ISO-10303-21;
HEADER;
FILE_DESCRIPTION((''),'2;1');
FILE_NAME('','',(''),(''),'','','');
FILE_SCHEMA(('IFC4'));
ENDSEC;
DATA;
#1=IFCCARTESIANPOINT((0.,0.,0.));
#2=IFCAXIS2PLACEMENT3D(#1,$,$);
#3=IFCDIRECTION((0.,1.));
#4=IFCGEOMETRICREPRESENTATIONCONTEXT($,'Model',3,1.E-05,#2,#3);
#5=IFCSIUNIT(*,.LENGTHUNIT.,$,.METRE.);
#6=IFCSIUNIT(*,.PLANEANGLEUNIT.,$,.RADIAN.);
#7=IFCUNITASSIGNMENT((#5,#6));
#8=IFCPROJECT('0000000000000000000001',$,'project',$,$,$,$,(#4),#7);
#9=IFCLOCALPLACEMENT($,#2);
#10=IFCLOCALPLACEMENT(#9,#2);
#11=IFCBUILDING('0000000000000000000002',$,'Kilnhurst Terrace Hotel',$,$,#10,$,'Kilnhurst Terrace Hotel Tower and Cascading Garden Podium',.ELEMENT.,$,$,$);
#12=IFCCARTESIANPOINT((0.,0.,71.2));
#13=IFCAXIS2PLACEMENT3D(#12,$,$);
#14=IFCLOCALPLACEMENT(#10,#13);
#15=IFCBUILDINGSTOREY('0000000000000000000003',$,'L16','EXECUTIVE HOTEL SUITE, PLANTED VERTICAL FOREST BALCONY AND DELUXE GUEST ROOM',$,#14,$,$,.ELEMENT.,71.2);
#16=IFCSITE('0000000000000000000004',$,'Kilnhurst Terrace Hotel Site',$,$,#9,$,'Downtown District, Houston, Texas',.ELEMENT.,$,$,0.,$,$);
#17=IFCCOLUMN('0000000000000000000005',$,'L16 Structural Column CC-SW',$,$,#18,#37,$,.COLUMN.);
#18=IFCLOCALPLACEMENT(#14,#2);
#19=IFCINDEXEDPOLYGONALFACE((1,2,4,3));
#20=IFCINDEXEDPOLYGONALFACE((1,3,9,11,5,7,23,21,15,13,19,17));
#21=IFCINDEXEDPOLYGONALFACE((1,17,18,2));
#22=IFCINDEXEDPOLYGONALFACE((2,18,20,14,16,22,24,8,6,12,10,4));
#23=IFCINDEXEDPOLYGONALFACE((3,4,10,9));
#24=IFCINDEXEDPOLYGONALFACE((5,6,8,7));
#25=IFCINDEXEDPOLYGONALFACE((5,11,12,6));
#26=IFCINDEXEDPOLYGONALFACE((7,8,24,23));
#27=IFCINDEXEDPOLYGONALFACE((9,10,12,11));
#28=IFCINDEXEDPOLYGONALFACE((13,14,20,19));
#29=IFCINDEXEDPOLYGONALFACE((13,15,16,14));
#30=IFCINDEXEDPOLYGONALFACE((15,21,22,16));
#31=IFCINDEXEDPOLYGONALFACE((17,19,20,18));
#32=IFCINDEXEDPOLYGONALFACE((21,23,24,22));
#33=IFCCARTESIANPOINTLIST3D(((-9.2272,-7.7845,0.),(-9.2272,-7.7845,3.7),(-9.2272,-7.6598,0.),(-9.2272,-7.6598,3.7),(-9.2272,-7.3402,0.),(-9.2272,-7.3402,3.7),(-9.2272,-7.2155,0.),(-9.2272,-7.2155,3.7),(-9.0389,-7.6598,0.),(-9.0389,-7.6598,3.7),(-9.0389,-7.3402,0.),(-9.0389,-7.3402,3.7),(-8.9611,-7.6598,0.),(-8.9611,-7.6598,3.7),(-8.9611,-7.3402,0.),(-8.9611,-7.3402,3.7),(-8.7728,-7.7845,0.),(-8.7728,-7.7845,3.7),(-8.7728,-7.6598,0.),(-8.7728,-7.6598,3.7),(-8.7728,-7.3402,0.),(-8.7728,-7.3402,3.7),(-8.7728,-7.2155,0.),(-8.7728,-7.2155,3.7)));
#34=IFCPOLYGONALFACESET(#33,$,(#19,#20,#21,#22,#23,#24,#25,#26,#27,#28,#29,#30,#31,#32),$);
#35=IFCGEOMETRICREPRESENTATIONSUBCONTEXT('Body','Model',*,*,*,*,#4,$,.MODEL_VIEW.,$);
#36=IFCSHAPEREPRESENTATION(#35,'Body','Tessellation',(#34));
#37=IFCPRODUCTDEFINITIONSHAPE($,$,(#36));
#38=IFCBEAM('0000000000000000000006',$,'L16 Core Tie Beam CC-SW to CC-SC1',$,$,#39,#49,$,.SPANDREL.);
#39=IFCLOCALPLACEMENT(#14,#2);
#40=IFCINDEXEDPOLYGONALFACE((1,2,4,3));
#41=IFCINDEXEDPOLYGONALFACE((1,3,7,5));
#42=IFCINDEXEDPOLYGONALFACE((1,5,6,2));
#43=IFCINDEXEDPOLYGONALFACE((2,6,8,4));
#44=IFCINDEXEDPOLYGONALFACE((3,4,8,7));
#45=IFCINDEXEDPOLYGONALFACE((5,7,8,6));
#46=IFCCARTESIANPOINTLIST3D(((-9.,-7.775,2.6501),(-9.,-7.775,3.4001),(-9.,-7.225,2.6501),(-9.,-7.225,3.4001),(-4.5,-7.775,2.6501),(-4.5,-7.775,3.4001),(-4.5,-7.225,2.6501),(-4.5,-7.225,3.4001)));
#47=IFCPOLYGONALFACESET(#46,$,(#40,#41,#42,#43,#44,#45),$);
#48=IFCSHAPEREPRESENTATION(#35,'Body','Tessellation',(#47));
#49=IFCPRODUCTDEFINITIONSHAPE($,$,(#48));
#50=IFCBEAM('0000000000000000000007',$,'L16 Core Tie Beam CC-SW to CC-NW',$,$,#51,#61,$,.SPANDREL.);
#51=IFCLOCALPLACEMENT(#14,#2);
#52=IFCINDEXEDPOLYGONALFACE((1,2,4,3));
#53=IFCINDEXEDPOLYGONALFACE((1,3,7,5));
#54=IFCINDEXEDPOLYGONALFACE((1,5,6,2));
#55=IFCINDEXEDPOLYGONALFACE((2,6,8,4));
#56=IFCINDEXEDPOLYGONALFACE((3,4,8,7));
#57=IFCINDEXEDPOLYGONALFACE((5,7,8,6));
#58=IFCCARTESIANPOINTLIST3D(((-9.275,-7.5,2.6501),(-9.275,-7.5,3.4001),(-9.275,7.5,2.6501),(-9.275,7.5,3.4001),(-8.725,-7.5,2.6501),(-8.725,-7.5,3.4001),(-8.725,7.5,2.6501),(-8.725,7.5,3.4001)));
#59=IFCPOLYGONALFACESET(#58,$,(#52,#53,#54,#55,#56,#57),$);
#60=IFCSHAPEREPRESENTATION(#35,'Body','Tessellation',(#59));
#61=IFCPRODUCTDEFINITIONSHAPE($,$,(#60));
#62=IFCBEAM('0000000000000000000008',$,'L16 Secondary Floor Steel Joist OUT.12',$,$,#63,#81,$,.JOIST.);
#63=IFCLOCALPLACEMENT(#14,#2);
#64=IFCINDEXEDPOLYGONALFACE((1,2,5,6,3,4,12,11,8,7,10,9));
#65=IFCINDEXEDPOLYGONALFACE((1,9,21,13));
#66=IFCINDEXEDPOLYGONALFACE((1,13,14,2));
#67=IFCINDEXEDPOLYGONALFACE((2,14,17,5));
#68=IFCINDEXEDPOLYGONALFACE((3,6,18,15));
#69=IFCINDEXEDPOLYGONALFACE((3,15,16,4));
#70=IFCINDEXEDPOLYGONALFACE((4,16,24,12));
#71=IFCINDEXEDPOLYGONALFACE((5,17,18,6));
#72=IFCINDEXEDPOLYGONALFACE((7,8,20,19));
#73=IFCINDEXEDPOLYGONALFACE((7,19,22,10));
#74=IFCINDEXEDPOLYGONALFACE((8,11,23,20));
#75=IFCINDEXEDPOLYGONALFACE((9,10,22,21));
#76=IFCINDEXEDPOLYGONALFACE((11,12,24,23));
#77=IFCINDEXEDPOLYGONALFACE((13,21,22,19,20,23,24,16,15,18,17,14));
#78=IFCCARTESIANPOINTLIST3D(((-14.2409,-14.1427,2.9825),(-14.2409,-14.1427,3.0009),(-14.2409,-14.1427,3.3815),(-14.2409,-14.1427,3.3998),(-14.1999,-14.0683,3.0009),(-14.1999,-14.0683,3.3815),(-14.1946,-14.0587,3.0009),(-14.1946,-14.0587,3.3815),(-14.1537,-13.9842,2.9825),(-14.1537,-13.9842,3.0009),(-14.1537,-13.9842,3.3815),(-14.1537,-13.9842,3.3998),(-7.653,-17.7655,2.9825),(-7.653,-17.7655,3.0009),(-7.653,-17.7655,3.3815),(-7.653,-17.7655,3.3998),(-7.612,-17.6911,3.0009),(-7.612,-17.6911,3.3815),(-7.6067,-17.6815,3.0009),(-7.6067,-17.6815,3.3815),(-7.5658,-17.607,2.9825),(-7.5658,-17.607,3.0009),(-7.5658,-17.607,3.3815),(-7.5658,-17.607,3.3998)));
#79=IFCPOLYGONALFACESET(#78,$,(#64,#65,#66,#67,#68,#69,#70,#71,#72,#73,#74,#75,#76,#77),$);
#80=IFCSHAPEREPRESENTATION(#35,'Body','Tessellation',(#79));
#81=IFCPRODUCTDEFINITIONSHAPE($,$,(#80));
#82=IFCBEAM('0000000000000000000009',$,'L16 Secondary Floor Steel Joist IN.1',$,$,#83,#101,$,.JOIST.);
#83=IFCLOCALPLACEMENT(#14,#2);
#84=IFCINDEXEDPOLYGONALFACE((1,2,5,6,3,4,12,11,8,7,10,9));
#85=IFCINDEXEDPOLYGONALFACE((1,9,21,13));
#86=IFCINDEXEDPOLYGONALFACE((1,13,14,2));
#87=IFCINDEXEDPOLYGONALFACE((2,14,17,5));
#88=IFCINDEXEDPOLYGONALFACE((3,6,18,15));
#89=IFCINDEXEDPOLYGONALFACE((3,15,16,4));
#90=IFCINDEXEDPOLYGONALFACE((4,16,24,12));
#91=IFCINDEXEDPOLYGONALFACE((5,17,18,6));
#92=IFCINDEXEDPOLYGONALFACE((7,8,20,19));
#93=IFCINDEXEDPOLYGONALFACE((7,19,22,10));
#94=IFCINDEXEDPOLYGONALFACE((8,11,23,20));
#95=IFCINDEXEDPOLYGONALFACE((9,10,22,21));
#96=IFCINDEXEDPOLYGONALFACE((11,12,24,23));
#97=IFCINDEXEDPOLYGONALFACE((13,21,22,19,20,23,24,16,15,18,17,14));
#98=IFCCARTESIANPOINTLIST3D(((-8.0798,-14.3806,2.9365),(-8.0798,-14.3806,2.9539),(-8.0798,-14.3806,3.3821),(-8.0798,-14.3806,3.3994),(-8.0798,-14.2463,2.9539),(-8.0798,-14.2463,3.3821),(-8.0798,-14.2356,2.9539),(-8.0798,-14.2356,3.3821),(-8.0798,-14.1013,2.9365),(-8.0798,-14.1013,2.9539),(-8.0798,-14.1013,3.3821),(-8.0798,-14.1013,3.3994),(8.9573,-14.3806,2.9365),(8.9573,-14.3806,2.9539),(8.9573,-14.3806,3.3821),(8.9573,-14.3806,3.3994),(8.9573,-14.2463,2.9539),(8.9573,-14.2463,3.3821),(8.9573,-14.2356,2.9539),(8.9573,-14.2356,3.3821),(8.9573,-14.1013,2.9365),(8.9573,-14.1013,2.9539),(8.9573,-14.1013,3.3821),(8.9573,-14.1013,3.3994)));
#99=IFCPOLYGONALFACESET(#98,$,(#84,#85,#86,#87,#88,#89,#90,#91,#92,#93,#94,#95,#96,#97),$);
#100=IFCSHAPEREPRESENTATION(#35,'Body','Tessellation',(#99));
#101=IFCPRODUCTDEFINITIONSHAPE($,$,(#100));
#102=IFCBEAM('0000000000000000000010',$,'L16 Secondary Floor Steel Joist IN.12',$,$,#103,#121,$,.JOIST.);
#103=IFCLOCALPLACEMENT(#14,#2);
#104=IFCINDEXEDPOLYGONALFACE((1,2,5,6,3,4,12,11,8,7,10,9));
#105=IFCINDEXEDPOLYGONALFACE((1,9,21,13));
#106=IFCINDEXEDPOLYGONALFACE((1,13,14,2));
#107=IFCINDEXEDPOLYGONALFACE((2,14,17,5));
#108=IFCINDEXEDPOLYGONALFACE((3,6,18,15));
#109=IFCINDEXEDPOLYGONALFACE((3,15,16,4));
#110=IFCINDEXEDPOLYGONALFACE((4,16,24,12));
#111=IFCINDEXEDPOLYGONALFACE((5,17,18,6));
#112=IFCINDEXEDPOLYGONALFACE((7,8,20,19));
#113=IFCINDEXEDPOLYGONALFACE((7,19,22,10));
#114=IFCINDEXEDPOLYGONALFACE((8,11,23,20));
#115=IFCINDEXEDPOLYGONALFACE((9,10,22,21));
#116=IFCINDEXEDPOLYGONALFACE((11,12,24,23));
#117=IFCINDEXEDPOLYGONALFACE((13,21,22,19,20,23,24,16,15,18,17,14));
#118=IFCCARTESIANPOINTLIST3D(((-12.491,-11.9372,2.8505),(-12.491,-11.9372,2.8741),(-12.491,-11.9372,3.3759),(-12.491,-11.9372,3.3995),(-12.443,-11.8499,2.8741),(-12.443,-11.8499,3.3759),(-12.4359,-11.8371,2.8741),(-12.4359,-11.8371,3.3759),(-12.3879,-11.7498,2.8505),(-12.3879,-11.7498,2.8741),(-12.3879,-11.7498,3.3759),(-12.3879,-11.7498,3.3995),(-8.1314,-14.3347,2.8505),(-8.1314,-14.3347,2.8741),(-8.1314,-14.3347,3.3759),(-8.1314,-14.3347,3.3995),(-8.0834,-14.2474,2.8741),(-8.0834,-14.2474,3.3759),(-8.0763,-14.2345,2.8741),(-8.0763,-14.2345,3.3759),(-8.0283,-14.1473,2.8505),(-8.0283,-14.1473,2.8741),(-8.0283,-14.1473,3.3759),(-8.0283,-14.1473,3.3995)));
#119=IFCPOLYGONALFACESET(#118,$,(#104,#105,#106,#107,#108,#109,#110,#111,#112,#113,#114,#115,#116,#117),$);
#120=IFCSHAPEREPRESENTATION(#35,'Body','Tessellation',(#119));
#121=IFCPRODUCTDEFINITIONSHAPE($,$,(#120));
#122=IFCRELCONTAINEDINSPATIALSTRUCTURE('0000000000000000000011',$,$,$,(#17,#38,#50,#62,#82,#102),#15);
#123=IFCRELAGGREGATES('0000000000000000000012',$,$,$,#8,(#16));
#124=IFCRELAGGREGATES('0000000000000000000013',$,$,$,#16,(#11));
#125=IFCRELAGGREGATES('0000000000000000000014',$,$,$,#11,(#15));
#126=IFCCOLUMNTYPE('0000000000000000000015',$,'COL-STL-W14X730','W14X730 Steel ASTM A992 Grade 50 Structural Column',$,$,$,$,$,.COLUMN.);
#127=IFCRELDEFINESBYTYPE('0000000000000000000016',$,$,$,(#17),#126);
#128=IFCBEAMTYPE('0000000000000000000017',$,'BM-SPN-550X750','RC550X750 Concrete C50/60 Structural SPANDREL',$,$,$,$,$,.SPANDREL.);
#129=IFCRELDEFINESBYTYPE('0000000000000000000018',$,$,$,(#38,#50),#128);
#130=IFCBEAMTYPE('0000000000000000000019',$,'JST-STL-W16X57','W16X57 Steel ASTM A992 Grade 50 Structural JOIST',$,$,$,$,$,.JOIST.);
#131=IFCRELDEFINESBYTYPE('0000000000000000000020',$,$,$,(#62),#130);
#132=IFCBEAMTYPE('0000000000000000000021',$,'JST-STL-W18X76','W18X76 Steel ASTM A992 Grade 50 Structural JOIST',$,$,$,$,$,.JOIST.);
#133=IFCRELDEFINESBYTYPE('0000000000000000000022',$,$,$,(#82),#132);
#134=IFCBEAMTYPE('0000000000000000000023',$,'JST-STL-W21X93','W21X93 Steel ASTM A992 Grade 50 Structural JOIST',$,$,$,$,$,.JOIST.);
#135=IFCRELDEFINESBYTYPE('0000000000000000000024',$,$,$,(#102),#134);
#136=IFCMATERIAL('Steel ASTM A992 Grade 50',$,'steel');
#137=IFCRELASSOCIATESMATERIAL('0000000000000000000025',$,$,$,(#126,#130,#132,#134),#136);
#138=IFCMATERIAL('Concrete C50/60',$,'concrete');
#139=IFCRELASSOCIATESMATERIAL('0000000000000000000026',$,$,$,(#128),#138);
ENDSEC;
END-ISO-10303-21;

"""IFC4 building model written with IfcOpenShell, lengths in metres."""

from ifc_helpers import new_model, si_unit, direction, frame, origin, origin_2d, place, context, subcontext, project, spatial, rectangle, i_section, extrude, material, material_profile, profile_set, type_object, element, save


model = new_model("IFC4")

# Units and contexts
model_context = context("Model", 3, precision=1e-05, world=origin(), true_north=direction((0.0, 1.0)))
body_context = subcontext(model_context, "Body", "Model", "MODEL_VIEW")
ifc_project = project(units=[si_unit("LENGTHUNIT", "METRE"), si_unit("PLANEANGLEUNIT", "RADIAN")], contexts=[model_context])

# Site, building, storey
site_placement = place(None, origin())
site = spatial("IfcSite", under=ifc_project, at=site_placement, Name="Kilnhurst Terrace Hotel Site", LongName="Downtown District, Houston, Texas", CompositionType="ELEMENT", RefElevation=0.0)
building_placement = place(site_placement, origin())
building = spatial("IfcBuilding", under=site, at=building_placement, Name="Kilnhurst Terrace Hotel", LongName="Kilnhurst Terrace Hotel Tower and Cascading Garden Podium", CompositionType="ELEMENT")
storey_placement = place(building_placement, frame((0.0, 0.0, 71.2)))
storey = spatial("IfcBuildingStorey", under=building, at=storey_placement, Name="L16", Description="EXECUTIVE HOTEL SUITE, PLANTED VERTICAL FOREST BALCONY AND DELUXE GUEST ROOM", CompositionType="ELEMENT", Elevation=71.2)

# Column
ifc_material_1 = material(Name="Steel ASTM A992 Grade 50", Category="steel")
ifc_material_profile_1 = material_profile(ifc_material_1, i_section(OverallWidth=0.4543, OverallDepth=0.5691, WebThickness=0.0779, FlangeThickness=0.1248, at=origin_2d()), Name="W14X730")
ifc_profile_set_1 = profile_set([ifc_material_profile_1], Name="Steel ASTM A992 Grade 50")
column_type = type_object("IfcColumnType", Name="COL-STL-W14X730", Description="W14X730 Steel ASTM A992 Grade 50 Structural Column", PredefinedType="COLUMN", material=ifc_profile_set_1)
column_placement = place(storey_placement, frame((-9.0, -7.5, 0.0), z_axis=(0.0, 0.0, 1.0), x_axis=(1.0, 0.0, 0.0)))
element("IfcColumn", 1, at=column_placement, inside=storey, type_object=column_type, Name="L16 Structural Column CC-SW", PredefinedType="COLUMN", context=body_context, shape_type="SweptSolid", body=[
    extrude(i_section(OverallWidth=0.4543, OverallDepth=0.5691, WebThickness=0.0779, FlangeThickness=0.1248, at=origin_2d()), origin(), (0.0, 0.0, 1.0), 3.7),
])

# Beams
ifc_material_2 = material(Name="Concrete C50/60", Category="concrete")
ifc_material_profile_2 = material_profile(ifc_material_2, rectangle(XDim=0.55, YDim=0.75, at=origin_2d()), Name="RC550X750")
ifc_profile_set_2 = profile_set([ifc_material_profile_2], Name="Concrete C50/60")
beam_type_1 = type_object("IfcBeamType", Name="BM-SPN-550X750", Description="RC550X750 Concrete C50/60 Structural SPANDREL", PredefinedType="SPANDREL", material=ifc_profile_set_2)
beam_1_placement = place(storey_placement, frame((-9.0, -7.5, 3.0251), z_axis=(1.0, 0.0, 0.0), x_axis=(0.0, 1.0, 0.0)))
element("IfcBeam", 2, at=beam_1_placement, inside=storey, type_object=beam_type_1, Name="L16 Core Tie Beam CC-SW to CC-SC1", PredefinedType="SPANDREL", context=body_context, shape_type="SweptSolid", body=[
    extrude(rectangle(XDim=0.55, YDim=0.75, at=origin_2d()), origin(), (0.0, 0.0, 1.0), 4.5),
])
beam_2_placement = place(storey_placement, frame((-9.0, -7.5, 3.0251), z_axis=(0.0, 1.0, 0.0), x_axis=(-1.0, 0.0, 0.0)))
element("IfcBeam", 3, at=beam_2_placement, inside=storey, type_object=beam_type_1, Name="L16 Core Tie Beam CC-SW to CC-NW", PredefinedType="SPANDREL", context=body_context, shape_type="SweptSolid", body=[
    extrude(rectangle(XDim=0.55, YDim=0.75, at=origin_2d()), origin(), (0.0, 0.0, 1.0), 15.0),
])
ifc_material_profile_3 = material_profile(ifc_material_1, i_section(OverallWidth=0.1809, OverallDepth=0.4172, WebThickness=0.011, FlangeThickness=0.0183, at=origin_2d()), Name="W16X57")
ifc_profile_set_3 = profile_set([ifc_material_profile_3], Name="Steel ASTM A992 Grade 50")
beam_type_2 = type_object("IfcBeamType", Name="JST-STL-W16X57", Description="W16X57 Steel ASTM A992 Grade 50 Structural JOIST", PredefinedType="JOIST", material=ifc_profile_set_3)
beam_3_placement = place(storey_placement, frame((-14.1973, -14.0635, 3.1912), z_axis=(0.876246, -0.481864, 0.0), x_axis=(0.481864, 0.876246, 0.0)))
element("IfcBeam", 4, at=beam_3_placement, inside=storey, type_object=beam_type_2, Name="L16 Secondary Floor Steel Joist OUT.12", PredefinedType="JOIST", context=body_context, shape_type="SweptSolid", body=[
    extrude(i_section(OverallWidth=0.1809, OverallDepth=0.4172, WebThickness=0.011, FlangeThickness=0.0183, at=origin_2d()), origin(), (0.0, 0.0, 1.0), 7.5183),
])
ifc_material_profile_4 = material_profile(ifc_material_1, i_section(OverallWidth=0.2793, OverallDepth=0.4629, WebThickness=0.0107, FlangeThickness=0.0173, at=origin_2d()), Name="W18X76")
ifc_profile_set_4 = profile_set([ifc_material_profile_4], Name="Steel ASTM A992 Grade 50")
beam_type_3 = type_object("IfcBeamType", Name="JST-STL-W18X76", Description="W18X76 Steel ASTM A992 Grade 50 Structural JOIST", PredefinedType="JOIST", material=ifc_profile_set_4)
beam_4_placement = place(storey_placement, frame((-8.0798, -14.241, 3.168), z_axis=(1.0, 0.0, 0.0), x_axis=(0.0, 1.0, 0.0)))
element("IfcBeam", 5, at=beam_4_placement, inside=storey, type_object=beam_type_3, Name="L16 Secondary Floor Steel Joist IN.1", PredefinedType="JOIST", context=body_context, shape_type="SweptSolid", body=[
    extrude(i_section(OverallWidth=0.2793, OverallDepth=0.4629, WebThickness=0.0107, FlangeThickness=0.0173, at=origin_2d()), origin(), (0.0, 0.0, 1.0), 17.0371),
])
ifc_material_profile_5 = material_profile(ifc_material_1, i_section(OverallWidth=0.2139, OverallDepth=0.5491, WebThickness=0.0146, FlangeThickness=0.0237, at=origin_2d()), Name="W21X93")
ifc_profile_set_5 = profile_set([ifc_material_profile_5], Name="Steel ASTM A992 Grade 50")
beam_type_4 = type_object("IfcBeamType", Name="JST-STL-W21X93", Description="W21X93 Steel ASTM A992 Grade 50 Structural JOIST", PredefinedType="JOIST", material=ifc_profile_set_5)
beam_5_placement = place(storey_placement, frame((-12.4395, -11.8435, 3.125), z_axis=(0.876244, -0.481868, 0.0), x_axis=(0.481868, 0.876244, 0.0)))
element("IfcBeam", 6, at=beam_5_placement, inside=storey, type_object=beam_type_4, Name="L16 Secondary Floor Steel Joist IN.12", PredefinedType="JOIST", context=body_context, shape_type="SweptSolid", body=[
    extrude(i_section(OverallWidth=0.2139, OverallDepth=0.5491, WebThickness=0.0146, FlangeThickness=0.0237, at=origin_2d()), origin(), (0.0, 0.0, 1.0), 4.9753),
])

save(model, "model.ifc")
